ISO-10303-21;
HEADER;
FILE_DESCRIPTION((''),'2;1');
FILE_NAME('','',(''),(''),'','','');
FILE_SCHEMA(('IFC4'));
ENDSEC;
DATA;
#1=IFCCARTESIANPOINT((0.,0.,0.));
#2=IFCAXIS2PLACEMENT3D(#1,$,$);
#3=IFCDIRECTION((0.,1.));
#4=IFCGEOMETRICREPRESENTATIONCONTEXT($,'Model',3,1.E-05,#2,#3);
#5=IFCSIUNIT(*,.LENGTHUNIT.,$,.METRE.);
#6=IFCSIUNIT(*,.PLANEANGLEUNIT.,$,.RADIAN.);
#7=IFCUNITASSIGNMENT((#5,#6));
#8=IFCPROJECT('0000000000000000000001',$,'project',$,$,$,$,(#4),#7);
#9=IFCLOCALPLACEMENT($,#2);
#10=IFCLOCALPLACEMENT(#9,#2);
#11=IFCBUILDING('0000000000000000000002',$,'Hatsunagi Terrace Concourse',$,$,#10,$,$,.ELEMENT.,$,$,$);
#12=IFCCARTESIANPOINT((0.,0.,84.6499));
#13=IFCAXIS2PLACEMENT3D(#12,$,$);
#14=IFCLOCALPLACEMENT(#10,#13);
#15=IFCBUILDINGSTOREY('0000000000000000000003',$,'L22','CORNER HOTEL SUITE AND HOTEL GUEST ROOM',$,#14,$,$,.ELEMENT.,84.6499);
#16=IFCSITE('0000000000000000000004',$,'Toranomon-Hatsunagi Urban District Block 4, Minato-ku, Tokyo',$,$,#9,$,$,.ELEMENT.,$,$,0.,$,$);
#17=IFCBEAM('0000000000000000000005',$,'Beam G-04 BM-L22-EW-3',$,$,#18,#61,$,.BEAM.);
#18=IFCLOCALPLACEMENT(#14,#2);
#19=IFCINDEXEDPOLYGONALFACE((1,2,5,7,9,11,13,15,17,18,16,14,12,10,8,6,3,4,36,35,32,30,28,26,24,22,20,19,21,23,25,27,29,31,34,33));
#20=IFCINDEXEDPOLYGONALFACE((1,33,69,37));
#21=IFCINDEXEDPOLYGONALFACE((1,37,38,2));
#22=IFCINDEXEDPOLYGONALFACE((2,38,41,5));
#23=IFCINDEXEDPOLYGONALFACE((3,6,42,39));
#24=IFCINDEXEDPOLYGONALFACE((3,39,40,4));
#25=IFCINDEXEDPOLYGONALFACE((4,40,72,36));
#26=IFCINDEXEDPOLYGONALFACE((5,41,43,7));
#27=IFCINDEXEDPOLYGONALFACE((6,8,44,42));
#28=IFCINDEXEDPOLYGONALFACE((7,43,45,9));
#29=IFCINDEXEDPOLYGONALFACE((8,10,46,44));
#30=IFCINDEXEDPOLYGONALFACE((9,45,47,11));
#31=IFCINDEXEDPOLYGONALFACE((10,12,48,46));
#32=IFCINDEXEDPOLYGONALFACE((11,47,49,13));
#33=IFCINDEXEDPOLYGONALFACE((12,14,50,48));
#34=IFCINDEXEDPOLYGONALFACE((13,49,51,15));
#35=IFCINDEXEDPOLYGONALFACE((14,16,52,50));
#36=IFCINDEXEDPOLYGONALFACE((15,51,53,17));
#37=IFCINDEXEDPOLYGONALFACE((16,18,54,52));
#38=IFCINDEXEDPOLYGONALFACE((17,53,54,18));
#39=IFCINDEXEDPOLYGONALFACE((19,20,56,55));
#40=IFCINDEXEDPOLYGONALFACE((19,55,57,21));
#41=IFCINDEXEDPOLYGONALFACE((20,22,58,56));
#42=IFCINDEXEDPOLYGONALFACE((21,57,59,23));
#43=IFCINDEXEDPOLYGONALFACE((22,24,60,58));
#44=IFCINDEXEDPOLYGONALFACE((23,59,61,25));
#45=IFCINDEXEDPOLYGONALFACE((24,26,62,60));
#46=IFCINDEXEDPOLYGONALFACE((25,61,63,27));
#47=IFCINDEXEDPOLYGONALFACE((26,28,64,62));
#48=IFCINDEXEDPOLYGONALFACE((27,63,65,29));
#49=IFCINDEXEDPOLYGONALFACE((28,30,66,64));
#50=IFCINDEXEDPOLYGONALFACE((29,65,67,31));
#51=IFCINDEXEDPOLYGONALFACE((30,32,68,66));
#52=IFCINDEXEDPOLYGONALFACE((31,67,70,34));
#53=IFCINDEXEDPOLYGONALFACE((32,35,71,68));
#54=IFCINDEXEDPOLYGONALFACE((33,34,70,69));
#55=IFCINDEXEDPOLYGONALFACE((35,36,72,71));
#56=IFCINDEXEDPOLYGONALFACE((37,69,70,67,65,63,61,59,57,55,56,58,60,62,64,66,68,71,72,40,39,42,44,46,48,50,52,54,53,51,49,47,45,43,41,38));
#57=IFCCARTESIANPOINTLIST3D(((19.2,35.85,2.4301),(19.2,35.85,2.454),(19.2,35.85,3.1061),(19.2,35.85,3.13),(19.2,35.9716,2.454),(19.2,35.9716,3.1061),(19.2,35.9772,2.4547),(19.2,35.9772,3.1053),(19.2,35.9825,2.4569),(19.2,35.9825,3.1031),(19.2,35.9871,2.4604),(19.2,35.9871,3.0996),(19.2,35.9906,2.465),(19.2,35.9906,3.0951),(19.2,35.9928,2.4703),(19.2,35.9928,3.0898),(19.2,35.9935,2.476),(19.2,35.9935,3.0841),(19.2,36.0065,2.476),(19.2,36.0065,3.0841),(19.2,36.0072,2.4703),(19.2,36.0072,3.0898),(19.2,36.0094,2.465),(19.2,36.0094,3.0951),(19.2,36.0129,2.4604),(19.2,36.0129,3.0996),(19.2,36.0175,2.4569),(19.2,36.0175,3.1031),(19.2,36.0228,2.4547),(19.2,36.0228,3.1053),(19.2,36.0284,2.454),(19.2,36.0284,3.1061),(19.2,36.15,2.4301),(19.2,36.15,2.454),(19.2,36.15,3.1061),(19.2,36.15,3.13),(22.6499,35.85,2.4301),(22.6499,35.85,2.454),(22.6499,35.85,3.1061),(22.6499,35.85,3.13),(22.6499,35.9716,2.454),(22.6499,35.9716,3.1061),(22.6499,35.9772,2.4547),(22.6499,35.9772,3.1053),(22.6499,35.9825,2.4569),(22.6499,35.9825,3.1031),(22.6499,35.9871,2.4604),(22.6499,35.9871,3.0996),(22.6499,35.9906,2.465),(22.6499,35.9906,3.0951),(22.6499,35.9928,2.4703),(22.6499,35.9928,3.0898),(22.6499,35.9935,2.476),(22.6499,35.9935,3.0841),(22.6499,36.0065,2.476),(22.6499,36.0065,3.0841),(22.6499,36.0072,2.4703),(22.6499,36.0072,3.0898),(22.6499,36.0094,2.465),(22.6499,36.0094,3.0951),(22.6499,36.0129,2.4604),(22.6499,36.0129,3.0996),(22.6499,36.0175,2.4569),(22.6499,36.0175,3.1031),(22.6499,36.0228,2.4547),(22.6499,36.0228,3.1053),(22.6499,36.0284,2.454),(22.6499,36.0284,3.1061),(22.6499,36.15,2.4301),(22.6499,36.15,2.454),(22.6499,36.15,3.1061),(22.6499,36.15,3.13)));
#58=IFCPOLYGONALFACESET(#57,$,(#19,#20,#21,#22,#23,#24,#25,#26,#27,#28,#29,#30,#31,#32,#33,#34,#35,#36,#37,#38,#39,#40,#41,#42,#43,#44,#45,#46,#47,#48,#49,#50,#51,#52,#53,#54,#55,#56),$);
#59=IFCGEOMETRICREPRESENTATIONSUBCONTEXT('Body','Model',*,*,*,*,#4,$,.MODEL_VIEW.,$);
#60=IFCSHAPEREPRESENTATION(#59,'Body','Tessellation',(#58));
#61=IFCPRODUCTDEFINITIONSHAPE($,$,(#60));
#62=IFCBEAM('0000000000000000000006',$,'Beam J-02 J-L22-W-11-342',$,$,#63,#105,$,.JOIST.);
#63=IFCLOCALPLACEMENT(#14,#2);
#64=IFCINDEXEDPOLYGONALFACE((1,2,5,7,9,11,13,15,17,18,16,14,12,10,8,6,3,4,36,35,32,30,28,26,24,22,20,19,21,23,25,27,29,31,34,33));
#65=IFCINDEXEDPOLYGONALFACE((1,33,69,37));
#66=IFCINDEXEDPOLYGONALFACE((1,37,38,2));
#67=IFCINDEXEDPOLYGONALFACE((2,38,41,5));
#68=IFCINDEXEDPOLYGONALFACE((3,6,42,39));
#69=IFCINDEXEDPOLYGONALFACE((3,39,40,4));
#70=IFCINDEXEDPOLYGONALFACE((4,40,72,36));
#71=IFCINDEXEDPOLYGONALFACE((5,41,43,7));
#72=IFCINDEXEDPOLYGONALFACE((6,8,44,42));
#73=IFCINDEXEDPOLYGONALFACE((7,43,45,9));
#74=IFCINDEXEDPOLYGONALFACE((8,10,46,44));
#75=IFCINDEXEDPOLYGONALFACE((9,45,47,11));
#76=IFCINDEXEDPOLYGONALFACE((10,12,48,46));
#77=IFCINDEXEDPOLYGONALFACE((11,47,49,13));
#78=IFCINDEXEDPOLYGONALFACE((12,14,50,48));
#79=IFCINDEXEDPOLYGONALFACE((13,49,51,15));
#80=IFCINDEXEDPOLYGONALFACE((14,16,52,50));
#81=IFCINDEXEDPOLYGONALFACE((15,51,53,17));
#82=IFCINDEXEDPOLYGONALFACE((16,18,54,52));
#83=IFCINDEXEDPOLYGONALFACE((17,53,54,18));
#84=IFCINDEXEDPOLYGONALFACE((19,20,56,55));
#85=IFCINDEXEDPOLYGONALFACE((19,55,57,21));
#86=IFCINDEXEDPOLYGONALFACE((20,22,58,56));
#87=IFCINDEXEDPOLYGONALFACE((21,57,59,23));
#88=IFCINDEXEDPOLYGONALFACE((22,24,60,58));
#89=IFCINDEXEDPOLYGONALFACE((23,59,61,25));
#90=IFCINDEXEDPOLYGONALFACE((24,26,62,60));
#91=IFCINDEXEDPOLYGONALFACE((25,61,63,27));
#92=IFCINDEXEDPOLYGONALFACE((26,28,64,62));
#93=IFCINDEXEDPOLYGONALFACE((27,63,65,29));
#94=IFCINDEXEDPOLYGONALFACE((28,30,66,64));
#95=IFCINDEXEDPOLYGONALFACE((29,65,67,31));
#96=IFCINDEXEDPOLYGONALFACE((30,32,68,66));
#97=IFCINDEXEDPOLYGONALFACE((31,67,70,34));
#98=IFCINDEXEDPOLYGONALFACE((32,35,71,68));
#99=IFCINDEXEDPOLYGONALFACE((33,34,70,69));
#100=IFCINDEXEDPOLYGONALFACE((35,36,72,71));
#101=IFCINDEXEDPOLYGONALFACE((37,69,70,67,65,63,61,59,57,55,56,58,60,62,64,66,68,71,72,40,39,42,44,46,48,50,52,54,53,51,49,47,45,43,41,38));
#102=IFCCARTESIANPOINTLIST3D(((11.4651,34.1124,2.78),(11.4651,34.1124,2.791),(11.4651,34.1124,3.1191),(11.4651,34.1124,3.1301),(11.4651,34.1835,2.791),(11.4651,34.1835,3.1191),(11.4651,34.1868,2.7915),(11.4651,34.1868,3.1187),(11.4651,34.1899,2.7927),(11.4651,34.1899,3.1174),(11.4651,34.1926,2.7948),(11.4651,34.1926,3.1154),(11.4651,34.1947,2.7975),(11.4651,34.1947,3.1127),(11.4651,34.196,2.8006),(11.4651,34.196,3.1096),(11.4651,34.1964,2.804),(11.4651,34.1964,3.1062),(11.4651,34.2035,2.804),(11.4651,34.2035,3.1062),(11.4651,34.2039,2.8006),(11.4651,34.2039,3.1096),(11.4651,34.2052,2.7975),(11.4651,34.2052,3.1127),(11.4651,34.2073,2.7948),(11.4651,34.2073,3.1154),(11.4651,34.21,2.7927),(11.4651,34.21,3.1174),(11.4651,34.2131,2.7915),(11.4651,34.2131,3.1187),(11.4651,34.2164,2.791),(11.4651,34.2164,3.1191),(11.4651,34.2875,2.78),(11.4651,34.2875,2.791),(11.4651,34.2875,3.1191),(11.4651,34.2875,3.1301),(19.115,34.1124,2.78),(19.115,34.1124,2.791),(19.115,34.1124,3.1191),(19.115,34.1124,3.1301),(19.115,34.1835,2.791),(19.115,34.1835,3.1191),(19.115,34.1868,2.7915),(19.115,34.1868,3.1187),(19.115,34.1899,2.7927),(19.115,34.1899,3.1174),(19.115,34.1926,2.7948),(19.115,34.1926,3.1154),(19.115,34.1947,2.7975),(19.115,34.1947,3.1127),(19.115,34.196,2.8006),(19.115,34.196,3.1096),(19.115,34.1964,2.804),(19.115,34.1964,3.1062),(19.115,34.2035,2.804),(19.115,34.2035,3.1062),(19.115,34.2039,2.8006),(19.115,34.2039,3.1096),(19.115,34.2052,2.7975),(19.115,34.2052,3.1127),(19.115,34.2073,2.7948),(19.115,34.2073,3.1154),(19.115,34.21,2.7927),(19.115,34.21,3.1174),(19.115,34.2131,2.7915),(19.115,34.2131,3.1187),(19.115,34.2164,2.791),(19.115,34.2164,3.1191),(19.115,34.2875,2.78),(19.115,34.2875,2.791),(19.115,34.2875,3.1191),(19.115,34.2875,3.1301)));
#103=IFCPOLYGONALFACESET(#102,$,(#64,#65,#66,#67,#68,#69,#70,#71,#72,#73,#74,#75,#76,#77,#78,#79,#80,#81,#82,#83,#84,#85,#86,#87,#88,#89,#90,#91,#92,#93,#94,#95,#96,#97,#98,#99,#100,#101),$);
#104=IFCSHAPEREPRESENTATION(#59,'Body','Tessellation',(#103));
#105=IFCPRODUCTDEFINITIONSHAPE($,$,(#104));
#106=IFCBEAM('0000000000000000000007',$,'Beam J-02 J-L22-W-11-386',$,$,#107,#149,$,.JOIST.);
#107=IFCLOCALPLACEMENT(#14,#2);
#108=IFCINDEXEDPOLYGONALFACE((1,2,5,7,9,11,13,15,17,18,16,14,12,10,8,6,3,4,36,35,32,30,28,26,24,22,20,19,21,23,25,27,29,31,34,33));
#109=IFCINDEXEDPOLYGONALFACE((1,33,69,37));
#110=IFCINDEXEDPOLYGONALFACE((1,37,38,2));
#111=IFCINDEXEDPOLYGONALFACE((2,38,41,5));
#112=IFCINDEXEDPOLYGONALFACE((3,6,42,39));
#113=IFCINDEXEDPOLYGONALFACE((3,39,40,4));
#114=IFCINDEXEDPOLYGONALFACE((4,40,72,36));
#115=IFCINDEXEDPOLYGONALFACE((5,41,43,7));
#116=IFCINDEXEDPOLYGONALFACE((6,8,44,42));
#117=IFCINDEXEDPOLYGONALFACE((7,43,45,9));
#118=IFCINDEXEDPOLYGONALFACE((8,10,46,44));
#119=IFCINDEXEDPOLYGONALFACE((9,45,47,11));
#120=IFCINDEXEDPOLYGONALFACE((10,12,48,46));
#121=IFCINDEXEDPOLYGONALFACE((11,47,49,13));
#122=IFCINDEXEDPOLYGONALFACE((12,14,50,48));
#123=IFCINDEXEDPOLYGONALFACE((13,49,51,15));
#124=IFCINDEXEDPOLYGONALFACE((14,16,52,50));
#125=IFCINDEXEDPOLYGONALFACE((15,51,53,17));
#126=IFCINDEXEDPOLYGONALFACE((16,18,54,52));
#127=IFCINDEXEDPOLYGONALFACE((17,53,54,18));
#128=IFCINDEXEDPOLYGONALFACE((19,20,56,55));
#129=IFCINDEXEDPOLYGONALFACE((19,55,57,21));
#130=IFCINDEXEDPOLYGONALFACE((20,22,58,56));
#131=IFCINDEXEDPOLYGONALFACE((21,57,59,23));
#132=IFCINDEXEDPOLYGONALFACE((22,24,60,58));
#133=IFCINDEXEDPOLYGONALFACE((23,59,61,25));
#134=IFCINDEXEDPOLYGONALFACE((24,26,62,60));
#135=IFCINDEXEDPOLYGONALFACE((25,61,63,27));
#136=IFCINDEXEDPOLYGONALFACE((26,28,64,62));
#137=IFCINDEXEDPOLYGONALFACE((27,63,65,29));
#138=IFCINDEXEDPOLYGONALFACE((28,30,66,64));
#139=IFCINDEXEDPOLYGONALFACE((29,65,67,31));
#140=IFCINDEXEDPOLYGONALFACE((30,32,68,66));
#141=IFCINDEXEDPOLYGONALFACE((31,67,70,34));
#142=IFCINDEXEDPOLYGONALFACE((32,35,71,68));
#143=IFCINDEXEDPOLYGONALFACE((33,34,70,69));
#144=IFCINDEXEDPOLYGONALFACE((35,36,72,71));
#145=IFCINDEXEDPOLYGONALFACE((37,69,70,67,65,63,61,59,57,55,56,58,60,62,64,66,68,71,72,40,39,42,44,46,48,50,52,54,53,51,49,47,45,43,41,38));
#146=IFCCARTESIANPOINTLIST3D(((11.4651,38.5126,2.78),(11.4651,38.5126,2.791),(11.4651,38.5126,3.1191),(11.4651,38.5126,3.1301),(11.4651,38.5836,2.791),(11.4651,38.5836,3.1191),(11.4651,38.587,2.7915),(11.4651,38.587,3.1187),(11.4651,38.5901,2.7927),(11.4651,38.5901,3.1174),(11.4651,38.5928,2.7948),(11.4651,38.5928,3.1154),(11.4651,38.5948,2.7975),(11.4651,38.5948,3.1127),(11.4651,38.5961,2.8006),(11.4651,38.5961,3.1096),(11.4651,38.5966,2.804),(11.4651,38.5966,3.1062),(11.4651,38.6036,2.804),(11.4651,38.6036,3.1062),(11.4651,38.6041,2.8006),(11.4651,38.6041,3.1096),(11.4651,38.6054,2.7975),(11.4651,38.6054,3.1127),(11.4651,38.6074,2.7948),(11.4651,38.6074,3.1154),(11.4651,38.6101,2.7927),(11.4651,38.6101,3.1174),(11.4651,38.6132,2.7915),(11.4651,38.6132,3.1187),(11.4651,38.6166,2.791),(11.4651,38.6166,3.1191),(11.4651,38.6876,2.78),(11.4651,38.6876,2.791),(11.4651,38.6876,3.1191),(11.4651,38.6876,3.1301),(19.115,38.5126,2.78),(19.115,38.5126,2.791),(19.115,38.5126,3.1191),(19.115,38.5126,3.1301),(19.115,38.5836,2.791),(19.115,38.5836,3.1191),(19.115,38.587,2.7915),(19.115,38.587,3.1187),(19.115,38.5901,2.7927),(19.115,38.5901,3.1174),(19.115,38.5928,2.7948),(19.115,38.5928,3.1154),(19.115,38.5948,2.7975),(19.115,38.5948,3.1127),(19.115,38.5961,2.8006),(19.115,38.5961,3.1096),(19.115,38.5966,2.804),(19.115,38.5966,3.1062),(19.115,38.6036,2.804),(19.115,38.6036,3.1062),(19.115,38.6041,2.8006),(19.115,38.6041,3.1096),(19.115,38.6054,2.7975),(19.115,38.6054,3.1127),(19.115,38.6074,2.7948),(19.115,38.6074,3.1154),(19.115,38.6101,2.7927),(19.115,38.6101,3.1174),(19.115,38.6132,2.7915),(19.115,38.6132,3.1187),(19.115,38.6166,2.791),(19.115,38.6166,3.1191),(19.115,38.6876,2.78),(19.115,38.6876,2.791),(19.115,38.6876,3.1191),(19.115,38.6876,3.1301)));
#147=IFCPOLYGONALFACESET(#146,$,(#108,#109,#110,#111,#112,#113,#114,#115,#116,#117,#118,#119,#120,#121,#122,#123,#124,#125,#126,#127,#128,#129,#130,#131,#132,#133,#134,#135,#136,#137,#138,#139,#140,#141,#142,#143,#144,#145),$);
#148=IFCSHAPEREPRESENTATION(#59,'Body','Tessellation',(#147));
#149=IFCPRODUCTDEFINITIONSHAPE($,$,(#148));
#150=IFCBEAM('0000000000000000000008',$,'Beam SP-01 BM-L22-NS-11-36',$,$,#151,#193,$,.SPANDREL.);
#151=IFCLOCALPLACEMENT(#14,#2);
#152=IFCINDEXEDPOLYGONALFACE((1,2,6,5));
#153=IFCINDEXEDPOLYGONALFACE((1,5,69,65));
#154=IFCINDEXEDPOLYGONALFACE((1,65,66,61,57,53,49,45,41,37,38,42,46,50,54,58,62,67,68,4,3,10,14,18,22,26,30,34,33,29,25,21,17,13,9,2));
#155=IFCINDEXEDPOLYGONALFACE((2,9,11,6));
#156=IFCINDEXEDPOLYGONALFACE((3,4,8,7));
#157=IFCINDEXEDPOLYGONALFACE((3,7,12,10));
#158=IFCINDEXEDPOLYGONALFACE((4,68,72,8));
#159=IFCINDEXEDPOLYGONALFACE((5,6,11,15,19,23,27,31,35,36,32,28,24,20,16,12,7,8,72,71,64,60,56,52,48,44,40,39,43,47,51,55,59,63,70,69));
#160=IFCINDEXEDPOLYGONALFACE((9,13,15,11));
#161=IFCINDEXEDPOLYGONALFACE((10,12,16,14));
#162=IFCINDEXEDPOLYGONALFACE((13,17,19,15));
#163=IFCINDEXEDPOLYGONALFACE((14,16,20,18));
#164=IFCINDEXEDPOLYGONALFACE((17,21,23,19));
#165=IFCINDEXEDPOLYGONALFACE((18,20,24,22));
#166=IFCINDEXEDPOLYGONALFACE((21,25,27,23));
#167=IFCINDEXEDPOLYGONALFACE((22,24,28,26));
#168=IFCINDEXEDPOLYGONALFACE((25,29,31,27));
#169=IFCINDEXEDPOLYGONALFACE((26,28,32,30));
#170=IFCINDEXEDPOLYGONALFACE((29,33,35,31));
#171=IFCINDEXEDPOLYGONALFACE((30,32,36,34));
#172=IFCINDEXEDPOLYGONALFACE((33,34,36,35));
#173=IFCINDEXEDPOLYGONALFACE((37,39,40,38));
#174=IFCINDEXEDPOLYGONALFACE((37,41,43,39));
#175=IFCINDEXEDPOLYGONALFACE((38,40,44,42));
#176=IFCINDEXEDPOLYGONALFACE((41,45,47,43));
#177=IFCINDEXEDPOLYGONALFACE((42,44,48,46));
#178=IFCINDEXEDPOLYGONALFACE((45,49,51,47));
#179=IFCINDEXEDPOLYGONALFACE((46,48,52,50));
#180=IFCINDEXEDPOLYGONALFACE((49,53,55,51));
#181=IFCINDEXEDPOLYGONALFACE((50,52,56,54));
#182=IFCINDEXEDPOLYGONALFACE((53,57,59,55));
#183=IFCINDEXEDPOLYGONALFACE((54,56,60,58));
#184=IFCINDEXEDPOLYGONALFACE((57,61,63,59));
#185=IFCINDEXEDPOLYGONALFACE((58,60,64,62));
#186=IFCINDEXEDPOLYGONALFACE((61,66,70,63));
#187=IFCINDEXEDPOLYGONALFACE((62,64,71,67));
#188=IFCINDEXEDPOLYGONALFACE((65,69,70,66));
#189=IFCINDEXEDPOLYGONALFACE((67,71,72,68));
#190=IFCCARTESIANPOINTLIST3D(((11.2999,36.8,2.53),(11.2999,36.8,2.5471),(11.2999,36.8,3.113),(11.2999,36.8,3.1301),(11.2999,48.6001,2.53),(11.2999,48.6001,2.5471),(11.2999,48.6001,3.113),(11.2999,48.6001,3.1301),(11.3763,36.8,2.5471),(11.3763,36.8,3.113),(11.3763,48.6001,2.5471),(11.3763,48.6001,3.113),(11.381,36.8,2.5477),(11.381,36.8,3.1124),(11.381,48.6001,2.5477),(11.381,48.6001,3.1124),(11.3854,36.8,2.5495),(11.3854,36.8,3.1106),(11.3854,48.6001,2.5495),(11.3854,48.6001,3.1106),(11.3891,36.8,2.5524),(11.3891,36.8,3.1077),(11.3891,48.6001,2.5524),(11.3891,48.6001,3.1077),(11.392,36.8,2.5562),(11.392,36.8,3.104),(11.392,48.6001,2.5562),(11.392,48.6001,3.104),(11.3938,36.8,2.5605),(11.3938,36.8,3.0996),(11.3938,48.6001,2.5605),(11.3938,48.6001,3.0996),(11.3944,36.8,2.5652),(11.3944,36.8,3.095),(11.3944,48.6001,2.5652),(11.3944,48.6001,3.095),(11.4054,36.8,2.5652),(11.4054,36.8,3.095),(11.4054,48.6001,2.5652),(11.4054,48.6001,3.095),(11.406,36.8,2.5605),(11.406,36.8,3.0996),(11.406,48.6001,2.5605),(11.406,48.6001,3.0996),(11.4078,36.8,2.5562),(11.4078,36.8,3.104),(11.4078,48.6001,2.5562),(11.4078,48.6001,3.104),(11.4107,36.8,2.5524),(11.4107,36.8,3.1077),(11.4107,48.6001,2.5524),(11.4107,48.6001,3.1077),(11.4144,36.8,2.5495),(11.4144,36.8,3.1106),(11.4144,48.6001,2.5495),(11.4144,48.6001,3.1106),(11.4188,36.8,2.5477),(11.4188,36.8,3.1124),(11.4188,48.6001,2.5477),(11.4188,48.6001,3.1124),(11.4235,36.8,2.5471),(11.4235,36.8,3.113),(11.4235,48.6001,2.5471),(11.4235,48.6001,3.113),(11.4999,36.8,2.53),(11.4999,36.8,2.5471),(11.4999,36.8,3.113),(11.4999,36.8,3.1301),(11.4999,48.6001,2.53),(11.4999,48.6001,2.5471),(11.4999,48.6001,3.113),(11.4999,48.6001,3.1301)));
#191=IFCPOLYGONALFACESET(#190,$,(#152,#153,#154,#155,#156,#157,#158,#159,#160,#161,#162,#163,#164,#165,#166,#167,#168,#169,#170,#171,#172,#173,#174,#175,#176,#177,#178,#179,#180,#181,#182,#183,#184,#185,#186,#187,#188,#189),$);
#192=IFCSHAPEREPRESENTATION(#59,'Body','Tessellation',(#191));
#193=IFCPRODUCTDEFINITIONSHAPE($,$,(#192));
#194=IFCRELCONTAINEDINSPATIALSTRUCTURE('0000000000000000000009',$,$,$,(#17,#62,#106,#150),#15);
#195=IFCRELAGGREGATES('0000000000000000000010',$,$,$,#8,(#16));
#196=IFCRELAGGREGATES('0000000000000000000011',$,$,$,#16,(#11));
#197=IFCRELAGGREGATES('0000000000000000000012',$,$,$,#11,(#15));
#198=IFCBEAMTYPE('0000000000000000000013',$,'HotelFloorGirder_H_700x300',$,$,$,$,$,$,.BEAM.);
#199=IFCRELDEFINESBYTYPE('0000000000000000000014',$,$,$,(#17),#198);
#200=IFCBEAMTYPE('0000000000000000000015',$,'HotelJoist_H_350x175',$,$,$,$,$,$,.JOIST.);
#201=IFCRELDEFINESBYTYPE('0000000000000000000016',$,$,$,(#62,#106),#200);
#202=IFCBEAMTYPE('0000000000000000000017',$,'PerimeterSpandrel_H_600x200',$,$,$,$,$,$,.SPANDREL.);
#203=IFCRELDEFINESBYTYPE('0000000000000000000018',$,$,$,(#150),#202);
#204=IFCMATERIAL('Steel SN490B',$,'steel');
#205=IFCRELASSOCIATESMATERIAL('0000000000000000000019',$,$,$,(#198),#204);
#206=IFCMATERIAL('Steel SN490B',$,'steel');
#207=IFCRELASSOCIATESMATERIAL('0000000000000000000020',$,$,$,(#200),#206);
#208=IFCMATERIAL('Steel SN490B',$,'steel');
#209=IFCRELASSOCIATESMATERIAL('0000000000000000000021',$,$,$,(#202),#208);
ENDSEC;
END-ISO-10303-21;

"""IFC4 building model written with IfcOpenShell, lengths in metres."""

from ifc_helpers import new_model, si_unit, direction, frame, origin, origin_2d, place, context, subcontext, project, spatial, i_section, extrude, material, material_profile, profile_set, type_object, element, save


model = new_model("IFC4")

# Units and contexts
model_context = context("Model", 3, precision=1e-05, world=origin(), true_north=direction((0.0, 1.0)))
body_context = subcontext(model_context, "Body", "Model", "MODEL_VIEW")
ifc_project = project(units=[si_unit("LENGTHUNIT", "METRE"), si_unit("PLANEANGLEUNIT", "RADIAN")], contexts=[model_context])

# Site, building, storey
site_placement = place(None, origin())
site = spatial("IfcSite", under=ifc_project, at=site_placement, Name="Toranomon-Hatsunagi Urban District Block 4, Minato-ku, Tokyo", CompositionType="ELEMENT", RefElevation=0.0)
building_placement = place(site_placement, origin())
building = spatial("IfcBuilding", under=site, at=building_placement, Name="Hatsunagi Terrace Concourse", CompositionType="ELEMENT")
storey_placement = place(building_placement, frame((0.0, 0.0, 84.6499)))
storey = spatial("IfcBuildingStorey", under=building, at=storey_placement, Name="L22", Description="CORNER HOTEL SUITE AND HOTEL GUEST ROOM", CompositionType="ELEMENT", Elevation=84.6499)

# Beams
ifc_material_1 = material(Name="Steel SN490B", Category="steel")
ifc_material_profile_1 = material_profile(ifc_material_1, i_section(OverallWidth=0.3, OverallDepth=0.7, WebThickness=0.0129, FlangeThickness=0.0239, FilletRadius=0.022, at=origin_2d()), Name="H-700x300x13x24")
ifc_profile_set_1 = profile_set([ifc_material_profile_1], Name="Steel SN490B")
beam_type_1 = type_object("IfcBeamType", Name="HotelFloorGirder_H_700x300", PredefinedType="BEAM", material=ifc_profile_set_1)
beam_1_placement = place(storey_placement, frame((19.2, 36.0, 2.78), z_axis=(1.0, 0.0, 0.0), x_axis=(0.0, 1.0, 0.0)))
element("IfcBeam", 1, at=beam_1_placement, inside=storey, type_object=beam_type_1, Name="Beam G-04 BM-L22-EW-3", PredefinedType="BEAM", context=body_context, shape_type="SweptSolid", body=[
    extrude(i_section(OverallWidth=0.3, OverallDepth=0.7, WebThickness=0.0129, FlangeThickness=0.0239, FilletRadius=0.022, at=origin_2d()), origin(), (0.0, 0.0, 1.0), 3.45),
])
ifc_material_2 = material(Name="Steel SN490B", Category="steel")
ifc_material_profile_2 = material_profile(ifc_material_2, i_section(OverallWidth=0.175, OverallDepth=0.3501, WebThickness=0.0071, FlangeThickness=0.011, FilletRadius=0.0129, at=origin_2d()), Name="H-350x175x7x11")
ifc_profile_set_2 = profile_set([ifc_material_profile_2], Name="Steel SN490B")
beam_type_2 = type_object("IfcBeamType", Name="HotelJoist_H_350x175", PredefinedType="JOIST", material=ifc_profile_set_2)
for number, where, z_axis, x_axis, name in (
    (2, (11.4651, 34.2, 2.9551), (1.0, 0.0, 0.0), (0.0, 1.0, 0.0), "Beam J-02 J-L22-W-11-342"),
    (3, (11.4651, 38.6001, 2.9551), (1.0, 0.0, 0.0), (0.0, 1.0, 0.0), "Beam J-02 J-L22-W-11-386"),
):
    element("IfcBeam", number, at=place(storey_placement, frame(where, z_axis=z_axis, x_axis=x_axis)), inside=storey, type_object=beam_type_2, Name=name, PredefinedType="JOIST", context=body_context, shape_type="SweptSolid", body=[
        extrude(i_section(OverallWidth=0.175, OverallDepth=0.3501, WebThickness=0.0071, FlangeThickness=0.011, FilletRadius=0.0129, at=origin_2d()), origin(), (0.0, 0.0, 1.0), 7.6499),
    ])
ifc_material_3 = material(Name="Steel SN490B", Category="steel")
ifc_material_profile_3 = material_profile(ifc_material_3, i_section(OverallWidth=0.2, OverallDepth=0.6001, WebThickness=0.011, FlangeThickness=0.0171, FilletRadius=0.0181, at=origin_2d()), Name="H-600x200x11x17")
ifc_profile_set_3 = profile_set([ifc_material_profile_3], Name="Steel SN490B")
beam_type_3 = type_object("IfcBeamType", Name="PerimeterSpandrel_H_600x200", PredefinedType="SPANDREL", material=ifc_profile_set_3)
beam_2_placement = place(storey_placement, frame((11.3999, 36.8, 2.8301), z_axis=(0.0, 1.0, 0.0), x_axis=(-1.0, 0.0, 0.0)))
element("IfcBeam", 4, at=beam_2_placement, inside=storey, type_object=beam_type_3, Name="Beam SP-01 BM-L22-NS-11-36", PredefinedType="SPANDREL", context=body_context, shape_type="SweptSolid", body=[
    extrude(i_section(OverallWidth=0.2, OverallDepth=0.6001, WebThickness=0.011, FlangeThickness=0.0171, FilletRadius=0.0181, at=origin_2d()), origin(), (0.0, 0.0, 1.0), 11.8),
])

save(model, "model.ifc")
